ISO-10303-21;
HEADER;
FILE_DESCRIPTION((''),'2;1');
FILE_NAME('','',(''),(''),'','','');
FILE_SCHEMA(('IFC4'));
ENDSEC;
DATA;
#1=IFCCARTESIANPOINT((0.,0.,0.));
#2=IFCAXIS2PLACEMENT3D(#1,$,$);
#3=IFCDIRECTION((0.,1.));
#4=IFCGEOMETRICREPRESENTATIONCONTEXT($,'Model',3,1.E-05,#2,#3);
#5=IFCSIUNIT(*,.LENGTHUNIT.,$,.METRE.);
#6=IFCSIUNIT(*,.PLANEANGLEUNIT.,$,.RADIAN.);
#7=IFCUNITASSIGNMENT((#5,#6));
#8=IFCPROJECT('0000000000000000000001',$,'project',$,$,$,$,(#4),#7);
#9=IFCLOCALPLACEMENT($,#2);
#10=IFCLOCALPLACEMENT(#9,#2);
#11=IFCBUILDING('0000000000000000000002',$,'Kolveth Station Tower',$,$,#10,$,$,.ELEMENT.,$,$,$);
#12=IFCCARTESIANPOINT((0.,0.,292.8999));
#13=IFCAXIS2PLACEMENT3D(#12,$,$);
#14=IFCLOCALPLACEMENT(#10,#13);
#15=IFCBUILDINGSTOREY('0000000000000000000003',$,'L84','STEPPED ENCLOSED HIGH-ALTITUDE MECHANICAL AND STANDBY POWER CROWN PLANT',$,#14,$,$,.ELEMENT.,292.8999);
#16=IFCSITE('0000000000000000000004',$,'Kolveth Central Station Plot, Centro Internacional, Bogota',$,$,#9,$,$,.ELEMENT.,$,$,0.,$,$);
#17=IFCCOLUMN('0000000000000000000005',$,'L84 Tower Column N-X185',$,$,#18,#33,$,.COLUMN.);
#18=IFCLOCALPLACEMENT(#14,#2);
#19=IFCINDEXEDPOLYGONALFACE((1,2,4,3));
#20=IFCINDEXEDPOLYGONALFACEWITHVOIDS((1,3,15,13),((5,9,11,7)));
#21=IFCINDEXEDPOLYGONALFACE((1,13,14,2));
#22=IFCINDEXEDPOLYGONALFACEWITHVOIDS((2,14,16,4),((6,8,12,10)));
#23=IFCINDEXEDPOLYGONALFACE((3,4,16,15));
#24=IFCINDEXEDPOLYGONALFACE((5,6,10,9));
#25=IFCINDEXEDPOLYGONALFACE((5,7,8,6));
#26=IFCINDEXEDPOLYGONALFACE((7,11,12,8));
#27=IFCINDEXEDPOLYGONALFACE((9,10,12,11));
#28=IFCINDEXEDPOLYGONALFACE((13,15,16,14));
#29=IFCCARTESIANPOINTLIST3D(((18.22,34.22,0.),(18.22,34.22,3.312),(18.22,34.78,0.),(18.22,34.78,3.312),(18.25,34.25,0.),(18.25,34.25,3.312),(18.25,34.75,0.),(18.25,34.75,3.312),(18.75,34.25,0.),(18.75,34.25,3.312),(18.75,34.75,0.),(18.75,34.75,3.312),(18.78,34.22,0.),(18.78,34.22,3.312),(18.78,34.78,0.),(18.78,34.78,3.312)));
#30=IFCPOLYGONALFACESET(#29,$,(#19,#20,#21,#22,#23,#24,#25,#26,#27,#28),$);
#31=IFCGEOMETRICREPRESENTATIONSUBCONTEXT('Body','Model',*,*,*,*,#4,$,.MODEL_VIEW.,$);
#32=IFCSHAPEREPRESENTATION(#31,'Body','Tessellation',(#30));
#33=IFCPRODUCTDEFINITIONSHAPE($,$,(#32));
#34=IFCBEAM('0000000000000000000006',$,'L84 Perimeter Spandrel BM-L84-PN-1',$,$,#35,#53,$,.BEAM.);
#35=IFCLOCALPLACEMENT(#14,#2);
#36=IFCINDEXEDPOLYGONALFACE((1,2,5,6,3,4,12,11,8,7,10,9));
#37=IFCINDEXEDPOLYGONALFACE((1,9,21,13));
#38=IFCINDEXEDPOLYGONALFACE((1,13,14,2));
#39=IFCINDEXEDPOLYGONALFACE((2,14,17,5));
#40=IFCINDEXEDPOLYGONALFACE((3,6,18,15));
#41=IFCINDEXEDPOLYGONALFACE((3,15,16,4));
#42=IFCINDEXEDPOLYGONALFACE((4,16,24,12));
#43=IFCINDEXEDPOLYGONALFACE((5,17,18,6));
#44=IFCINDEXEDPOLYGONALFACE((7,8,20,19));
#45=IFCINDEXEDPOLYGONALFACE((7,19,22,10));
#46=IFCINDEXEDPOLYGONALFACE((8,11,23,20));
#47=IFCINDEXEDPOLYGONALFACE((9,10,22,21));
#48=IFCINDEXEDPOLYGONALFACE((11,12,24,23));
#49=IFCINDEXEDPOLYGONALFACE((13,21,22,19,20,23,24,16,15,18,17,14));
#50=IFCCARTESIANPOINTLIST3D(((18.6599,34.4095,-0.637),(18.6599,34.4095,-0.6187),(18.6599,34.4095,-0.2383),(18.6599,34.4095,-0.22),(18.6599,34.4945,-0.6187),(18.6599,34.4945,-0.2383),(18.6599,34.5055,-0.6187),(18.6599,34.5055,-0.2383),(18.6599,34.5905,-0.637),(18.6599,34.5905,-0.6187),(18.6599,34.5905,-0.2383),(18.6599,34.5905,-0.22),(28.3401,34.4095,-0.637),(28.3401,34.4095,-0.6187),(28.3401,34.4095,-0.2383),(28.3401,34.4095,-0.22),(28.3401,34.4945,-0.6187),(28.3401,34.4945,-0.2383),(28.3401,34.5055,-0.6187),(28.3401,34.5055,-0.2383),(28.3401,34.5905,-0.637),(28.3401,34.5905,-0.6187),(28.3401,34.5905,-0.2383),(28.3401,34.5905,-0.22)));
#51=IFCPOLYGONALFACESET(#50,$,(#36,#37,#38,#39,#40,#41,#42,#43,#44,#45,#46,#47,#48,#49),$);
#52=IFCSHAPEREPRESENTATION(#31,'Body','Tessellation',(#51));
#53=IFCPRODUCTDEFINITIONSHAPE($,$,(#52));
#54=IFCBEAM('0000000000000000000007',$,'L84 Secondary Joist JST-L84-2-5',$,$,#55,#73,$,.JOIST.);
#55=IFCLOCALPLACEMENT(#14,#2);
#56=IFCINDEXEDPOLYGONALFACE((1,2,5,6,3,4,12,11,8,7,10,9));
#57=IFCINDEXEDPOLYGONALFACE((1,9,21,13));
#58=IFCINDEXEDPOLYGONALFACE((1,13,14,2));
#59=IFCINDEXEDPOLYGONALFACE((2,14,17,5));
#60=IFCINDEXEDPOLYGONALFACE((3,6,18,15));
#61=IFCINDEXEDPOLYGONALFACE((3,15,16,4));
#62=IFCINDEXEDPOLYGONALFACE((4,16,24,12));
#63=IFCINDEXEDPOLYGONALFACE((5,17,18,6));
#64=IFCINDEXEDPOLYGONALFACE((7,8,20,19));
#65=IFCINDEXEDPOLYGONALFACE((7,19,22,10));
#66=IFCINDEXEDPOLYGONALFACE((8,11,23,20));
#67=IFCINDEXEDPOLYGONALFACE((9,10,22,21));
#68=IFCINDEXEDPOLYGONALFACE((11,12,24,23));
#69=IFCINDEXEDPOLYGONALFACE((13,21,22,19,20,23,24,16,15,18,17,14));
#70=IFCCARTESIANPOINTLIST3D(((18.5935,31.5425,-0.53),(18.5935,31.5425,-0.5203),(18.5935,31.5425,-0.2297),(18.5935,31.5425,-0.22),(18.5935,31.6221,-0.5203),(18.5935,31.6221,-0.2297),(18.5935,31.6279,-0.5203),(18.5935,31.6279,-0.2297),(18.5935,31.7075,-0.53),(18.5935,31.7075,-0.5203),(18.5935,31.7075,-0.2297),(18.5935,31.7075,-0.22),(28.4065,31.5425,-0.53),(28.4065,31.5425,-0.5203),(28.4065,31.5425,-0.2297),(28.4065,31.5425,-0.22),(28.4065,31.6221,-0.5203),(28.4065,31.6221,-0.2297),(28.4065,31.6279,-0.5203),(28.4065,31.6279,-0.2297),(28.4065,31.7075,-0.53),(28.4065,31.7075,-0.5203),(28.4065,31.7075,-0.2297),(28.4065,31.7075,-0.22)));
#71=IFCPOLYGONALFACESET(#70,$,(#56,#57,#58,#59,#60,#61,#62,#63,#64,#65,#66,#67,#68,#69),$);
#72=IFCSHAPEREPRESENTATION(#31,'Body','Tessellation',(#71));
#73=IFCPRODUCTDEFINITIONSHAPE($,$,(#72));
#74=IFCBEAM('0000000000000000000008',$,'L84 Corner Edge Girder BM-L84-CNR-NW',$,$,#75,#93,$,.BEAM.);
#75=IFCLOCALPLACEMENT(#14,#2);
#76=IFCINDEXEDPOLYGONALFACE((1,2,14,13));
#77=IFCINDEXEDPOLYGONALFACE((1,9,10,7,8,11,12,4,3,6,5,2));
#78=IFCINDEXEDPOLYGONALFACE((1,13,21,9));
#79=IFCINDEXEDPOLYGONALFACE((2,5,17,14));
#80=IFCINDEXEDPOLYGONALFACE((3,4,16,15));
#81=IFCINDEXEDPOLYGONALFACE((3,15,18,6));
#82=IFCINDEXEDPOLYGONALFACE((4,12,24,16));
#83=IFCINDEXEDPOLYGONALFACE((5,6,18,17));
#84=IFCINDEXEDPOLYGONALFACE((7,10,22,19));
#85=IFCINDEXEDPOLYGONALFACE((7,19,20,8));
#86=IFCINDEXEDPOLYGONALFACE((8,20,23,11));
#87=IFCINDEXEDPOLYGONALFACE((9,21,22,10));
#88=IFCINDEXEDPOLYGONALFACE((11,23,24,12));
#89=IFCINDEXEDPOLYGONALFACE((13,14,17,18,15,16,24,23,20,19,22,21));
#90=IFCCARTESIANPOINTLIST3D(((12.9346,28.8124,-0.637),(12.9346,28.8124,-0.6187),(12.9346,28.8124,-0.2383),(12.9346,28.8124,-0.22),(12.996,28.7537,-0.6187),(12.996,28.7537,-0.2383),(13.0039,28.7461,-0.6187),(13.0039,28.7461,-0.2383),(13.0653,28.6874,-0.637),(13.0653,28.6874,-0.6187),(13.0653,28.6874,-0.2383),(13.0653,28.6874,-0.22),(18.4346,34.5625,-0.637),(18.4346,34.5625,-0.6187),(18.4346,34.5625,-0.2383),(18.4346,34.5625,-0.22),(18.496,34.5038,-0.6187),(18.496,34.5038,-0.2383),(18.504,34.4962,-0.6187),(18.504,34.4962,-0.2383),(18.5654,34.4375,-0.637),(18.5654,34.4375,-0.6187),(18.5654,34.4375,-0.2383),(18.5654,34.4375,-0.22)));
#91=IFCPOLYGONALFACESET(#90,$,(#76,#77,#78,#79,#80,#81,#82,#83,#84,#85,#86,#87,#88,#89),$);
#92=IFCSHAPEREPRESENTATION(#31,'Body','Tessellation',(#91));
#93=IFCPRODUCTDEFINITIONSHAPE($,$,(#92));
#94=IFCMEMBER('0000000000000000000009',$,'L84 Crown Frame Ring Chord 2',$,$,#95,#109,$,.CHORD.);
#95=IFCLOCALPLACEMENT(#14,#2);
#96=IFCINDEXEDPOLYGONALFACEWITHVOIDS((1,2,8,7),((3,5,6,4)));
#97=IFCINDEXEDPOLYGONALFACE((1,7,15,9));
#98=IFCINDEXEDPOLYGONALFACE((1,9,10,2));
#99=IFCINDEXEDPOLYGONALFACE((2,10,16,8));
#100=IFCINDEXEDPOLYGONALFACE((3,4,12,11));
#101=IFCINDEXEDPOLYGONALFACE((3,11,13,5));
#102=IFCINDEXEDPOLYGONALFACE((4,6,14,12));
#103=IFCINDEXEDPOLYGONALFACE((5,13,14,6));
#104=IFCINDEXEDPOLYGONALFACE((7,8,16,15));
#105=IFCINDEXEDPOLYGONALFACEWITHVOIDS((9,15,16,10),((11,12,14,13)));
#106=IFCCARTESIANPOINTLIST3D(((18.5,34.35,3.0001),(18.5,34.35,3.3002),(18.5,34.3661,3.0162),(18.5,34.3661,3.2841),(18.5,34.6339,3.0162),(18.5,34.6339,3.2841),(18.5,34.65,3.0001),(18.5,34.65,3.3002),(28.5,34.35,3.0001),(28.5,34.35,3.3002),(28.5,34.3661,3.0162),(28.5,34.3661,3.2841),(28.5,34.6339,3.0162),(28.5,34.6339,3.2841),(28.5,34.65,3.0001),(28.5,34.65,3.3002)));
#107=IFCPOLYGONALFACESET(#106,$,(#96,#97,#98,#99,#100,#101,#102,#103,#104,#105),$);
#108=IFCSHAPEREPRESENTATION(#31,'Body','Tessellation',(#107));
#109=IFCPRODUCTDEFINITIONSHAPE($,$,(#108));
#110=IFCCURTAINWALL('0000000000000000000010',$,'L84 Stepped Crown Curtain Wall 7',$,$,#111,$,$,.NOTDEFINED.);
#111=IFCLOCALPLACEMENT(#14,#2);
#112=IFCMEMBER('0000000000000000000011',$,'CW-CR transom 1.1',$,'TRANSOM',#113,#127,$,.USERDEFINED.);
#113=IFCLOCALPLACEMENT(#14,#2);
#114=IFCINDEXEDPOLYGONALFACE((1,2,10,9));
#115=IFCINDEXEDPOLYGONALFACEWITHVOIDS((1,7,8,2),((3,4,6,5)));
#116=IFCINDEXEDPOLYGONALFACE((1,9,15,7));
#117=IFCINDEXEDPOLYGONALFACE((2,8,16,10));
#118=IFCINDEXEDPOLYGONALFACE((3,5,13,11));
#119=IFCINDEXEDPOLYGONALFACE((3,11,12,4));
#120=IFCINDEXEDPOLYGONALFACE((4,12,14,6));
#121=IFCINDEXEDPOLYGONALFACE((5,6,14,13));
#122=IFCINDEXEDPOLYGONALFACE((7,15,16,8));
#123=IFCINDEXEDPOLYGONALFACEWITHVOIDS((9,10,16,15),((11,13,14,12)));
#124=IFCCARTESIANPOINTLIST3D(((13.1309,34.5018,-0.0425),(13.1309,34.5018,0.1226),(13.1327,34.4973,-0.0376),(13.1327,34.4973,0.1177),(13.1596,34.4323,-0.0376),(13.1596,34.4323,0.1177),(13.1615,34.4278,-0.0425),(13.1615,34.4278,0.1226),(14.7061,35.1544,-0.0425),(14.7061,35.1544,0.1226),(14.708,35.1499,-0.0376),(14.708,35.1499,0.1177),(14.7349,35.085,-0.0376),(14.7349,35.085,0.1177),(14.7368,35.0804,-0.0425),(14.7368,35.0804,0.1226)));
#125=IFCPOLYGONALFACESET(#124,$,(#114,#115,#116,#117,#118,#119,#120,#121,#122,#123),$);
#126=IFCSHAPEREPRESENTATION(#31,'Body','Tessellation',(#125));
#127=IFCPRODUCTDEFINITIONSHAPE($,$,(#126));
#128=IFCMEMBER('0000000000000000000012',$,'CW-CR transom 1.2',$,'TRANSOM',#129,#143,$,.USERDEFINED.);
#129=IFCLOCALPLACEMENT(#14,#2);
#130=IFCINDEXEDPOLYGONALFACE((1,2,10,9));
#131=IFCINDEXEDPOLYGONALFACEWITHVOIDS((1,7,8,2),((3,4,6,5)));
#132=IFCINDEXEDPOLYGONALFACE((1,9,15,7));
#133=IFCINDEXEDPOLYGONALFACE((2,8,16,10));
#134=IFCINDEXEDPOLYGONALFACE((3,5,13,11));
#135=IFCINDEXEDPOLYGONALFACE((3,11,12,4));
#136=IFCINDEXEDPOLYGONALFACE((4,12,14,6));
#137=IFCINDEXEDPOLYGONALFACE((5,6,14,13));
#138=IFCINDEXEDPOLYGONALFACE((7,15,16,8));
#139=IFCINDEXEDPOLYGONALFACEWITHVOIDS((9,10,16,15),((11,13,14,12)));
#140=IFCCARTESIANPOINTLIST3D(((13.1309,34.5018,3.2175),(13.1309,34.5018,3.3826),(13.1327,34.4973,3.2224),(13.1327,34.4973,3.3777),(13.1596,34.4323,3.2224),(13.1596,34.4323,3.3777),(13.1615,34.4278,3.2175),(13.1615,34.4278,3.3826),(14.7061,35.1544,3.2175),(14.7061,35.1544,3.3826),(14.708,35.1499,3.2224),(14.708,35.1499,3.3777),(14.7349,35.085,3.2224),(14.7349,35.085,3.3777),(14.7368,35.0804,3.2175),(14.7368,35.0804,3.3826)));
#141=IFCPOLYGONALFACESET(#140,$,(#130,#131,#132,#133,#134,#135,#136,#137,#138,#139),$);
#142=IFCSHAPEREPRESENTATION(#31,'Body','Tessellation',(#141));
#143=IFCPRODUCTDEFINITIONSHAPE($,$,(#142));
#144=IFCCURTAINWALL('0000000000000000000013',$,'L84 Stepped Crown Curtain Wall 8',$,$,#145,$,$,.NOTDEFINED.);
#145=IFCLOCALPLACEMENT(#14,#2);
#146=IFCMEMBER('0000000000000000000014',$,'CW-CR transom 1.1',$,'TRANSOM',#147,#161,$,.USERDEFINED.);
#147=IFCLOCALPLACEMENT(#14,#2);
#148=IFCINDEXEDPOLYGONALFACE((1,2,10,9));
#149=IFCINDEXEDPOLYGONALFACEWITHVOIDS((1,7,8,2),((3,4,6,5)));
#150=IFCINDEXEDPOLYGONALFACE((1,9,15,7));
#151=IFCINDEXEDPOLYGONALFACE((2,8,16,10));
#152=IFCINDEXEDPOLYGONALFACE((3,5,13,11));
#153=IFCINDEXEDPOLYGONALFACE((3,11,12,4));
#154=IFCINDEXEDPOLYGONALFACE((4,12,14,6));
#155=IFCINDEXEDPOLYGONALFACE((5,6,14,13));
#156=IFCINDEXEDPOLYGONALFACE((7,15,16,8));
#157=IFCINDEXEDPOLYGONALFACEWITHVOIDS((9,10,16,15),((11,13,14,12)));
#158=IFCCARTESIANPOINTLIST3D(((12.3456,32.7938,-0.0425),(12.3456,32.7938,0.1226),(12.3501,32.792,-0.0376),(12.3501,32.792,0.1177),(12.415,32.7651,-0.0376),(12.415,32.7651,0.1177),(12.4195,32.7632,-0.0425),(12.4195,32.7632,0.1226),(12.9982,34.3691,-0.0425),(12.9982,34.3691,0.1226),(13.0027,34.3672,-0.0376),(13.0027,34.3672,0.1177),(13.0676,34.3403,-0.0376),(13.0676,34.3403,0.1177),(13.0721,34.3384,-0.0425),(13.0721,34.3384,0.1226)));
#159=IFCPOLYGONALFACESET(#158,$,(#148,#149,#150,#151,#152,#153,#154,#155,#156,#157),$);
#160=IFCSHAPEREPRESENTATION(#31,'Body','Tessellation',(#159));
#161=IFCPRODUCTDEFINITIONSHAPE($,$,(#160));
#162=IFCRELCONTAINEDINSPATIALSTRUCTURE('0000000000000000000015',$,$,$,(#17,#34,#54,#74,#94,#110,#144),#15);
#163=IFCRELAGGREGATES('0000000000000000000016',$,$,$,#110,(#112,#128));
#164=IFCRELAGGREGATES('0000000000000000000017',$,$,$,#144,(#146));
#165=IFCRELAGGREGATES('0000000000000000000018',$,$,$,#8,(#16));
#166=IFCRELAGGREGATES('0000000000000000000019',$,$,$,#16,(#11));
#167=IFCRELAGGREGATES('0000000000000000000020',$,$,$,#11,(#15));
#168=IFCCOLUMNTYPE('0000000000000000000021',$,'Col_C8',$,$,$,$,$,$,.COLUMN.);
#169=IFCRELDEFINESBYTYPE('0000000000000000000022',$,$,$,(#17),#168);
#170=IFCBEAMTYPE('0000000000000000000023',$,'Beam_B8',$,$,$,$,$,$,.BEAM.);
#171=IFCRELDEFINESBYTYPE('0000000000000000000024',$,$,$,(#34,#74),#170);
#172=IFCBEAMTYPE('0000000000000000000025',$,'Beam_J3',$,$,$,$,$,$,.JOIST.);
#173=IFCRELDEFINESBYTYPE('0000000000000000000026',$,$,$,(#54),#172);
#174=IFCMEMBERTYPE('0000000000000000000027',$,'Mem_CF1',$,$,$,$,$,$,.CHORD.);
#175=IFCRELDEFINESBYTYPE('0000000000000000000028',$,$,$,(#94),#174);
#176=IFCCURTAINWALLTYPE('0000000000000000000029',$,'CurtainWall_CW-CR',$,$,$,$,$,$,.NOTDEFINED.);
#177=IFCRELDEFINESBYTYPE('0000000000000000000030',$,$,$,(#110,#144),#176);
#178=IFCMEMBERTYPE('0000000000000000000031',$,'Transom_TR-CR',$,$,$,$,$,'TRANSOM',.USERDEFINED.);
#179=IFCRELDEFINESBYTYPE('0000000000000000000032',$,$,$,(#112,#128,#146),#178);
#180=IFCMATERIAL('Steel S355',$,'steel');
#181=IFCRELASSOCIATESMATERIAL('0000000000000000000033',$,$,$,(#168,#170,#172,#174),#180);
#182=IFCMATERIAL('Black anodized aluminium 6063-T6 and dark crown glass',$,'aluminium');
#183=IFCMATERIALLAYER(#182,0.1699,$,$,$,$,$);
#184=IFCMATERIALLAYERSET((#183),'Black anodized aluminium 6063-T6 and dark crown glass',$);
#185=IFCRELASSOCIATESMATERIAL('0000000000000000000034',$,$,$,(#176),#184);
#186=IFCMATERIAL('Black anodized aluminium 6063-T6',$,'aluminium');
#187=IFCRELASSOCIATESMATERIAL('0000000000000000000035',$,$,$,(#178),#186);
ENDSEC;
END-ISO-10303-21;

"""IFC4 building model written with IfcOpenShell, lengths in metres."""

from ifc_helpers import new_model, si_unit, direction, frame, origin, origin_2d, place, context, subcontext, project, spatial, hollow_rectangle, i_section, extrude, source, transform, mapped, material, layer, layer_set, material_profile, profile_set, type_object, element, aggregate, save


model = new_model("IFC4")

# Units and contexts
model_context = context("Model", 3, precision=1e-05, world=origin(), true_north=direction((0.0, 1.0)))
body_context = subcontext(model_context, "Body", "Model", "MODEL_VIEW")
ifc_project = project(units=[si_unit("LENGTHUNIT", "METRE"), si_unit("PLANEANGLEUNIT", "RADIAN")], contexts=[model_context])

# Site, building, storey
site_placement = place(None, origin())
site = spatial("IfcSite", under=ifc_project, at=site_placement, Name="Kolveth Central Station Plot, Centro Internacional, Bogota", CompositionType="ELEMENT", RefElevation=0.0)
building_placement = place(site_placement, origin())
building = spatial("IfcBuilding", under=site, at=building_placement, Name="Kolveth Station Tower", CompositionType="ELEMENT")
storey_placement = place(building_placement, frame((0.0, 0.0, 292.8999)))
storey = spatial("IfcBuildingStorey", under=building, at=storey_placement, Name="L84", Description="STEPPED ENCLOSED HIGH-ALTITUDE MECHANICAL AND STANDBY POWER CROWN PLANT", CompositionType="ELEMENT", Elevation=292.8999)

# Column
ifc_material_1 = material(Name="Steel S355", Category="steel")
ifc_material_profile_1 = material_profile(ifc_material_1, hollow_rectangle(XDim=0.5601, YDim=0.5601, WallThickness=0.03, at=origin_2d()), Name="BOX560x560x30")
ifc_profile_set_1 = profile_set([ifc_material_profile_1], Name="Steel S355")
column_type = type_object("IfcColumnType", Name="Col_C8", PredefinedType="COLUMN", material=ifc_profile_set_1)
shared_shape_1 = source(origin(), body_context, "Body", "SweptSolid", [
    extrude(hollow_rectangle(XDim=0.5601, YDim=0.5601, WallThickness=0.03, at=origin_2d()), origin(), (0.0, 0.0, 1.0), 3.312),
])
column_placement = place(storey_placement, frame((18.5, 34.5, 0.0), z_axis=(0.0, 0.0, 1.0), x_axis=(1.0, 0.0, 0.0)))
element("IfcColumn", 1, at=column_placement, inside=storey, type_object=column_type, Name="L84 Tower Column N-X185", PredefinedType="COLUMN", context=body_context, shape_type="MappedRepresentation", body=[
    mapped(shared_shape_1, transform((0.0, 0.0, 0.0), x_axis=(1.0, 0.0, 0.0), y_axis=(0.0, 1.0, 0.0), z_axis=(0.0, 0.0, 1.0), scale=1.0)),
])

# Beams
ifc_material_profile_2 = material_profile(ifc_material_1, i_section(OverallWidth=0.1809, OverallDepth=0.417, WebThickness=0.011, FlangeThickness=0.0183, at=origin_2d()), Name="W410x85")
ifc_profile_set_2 = profile_set([ifc_material_profile_2], Name="Steel S355")
beam_type_1 = type_object("IfcBeamType", Name="Beam_B8", PredefinedType="BEAM", material=ifc_profile_set_2)
shared_shape_2 = source(origin(), body_context, "Body", "SweptSolid", [
    extrude(i_section(OverallWidth=0.1809, OverallDepth=0.417, WebThickness=0.011, FlangeThickness=0.0183, at=origin_2d()), origin(), (0.0, 0.0, 1.0), 9.6802),
])
beam_1_placement = place(storey_placement, frame((18.6599, 34.5, -0.4285), z_axis=(1.0, 0.0, 0.0), x_axis=(0.0, 1.0, 0.0)))
element("IfcBeam", 2, at=beam_1_placement, inside=storey, type_object=beam_type_1, Name="L84 Perimeter Spandrel BM-L84-PN-1", PredefinedType="BEAM", context=body_context, shape_type="MappedRepresentation", body=[
    mapped(shared_shape_2, transform((0.0, 0.0, 0.0), x_axis=(1.0, 0.0, 0.0), y_axis=(0.0, 1.0, 0.0), z_axis=(0.0, 0.0, 1.0), scale=1.0)),
])
ifc_material_profile_3 = material_profile(ifc_material_1, i_section(OverallWidth=0.165, OverallDepth=0.3101, WebThickness=0.0059, FlangeThickness=0.0098, at=origin_2d()), Name="W310x39")
ifc_profile_set_3 = profile_set([ifc_material_profile_3], Name="Steel S355")
beam_type_2 = type_object("IfcBeamType", Name="Beam_J3", PredefinedType="JOIST", material=ifc_profile_set_3)
shared_shape_3 = source(origin(), body_context, "Body", "SweptSolid", [
    extrude(i_section(OverallWidth=0.165, OverallDepth=0.3101, WebThickness=0.0059, FlangeThickness=0.0098, at=origin_2d()), origin(), (0.0, 0.0, 1.0), 9.813),
])
beam_2_placement = place(storey_placement, frame((18.5935, 31.625, -0.375), z_axis=(1.0, 0.0, 0.0), x_axis=(0.0, 1.0, 0.0)))
element("IfcBeam", 3, at=beam_2_placement, inside=storey, type_object=beam_type_2, Name="L84 Secondary Joist JST-L84-2-5", PredefinedType="JOIST", context=body_context, shape_type="MappedRepresentation", body=[
    mapped(shared_shape_3, transform((0.0, 0.0, 0.0), x_axis=(1.0, 0.0, 0.0), y_axis=(0.0, 1.0, 0.0), z_axis=(0.0, 0.0, 1.0), scale=1.0)),
])
shared_shape_4 = source(origin(), body_context, "Body", "SweptSolid", [
    extrude(i_section(OverallWidth=0.1809, OverallDepth=0.417, WebThickness=0.011, FlangeThickness=0.0183, at=origin_2d()), origin(), (0.0, 0.0, 1.0), 7.957),
])
beam_3_placement = place(storey_placement, frame((18.5, 34.5, -0.4285), z_axis=(-0.691223, -0.722642, 0.0), x_axis=(0.722642, -0.691223, 0.0)))
element("IfcBeam", 4, at=beam_3_placement, inside=storey, type_object=beam_type_1, Name="L84 Corner Edge Girder BM-L84-CNR-NW", PredefinedType="BEAM", context=body_context, shape_type="MappedRepresentation", body=[
    mapped(shared_shape_4, transform((0.0, 0.0, 0.0), x_axis=(1.0, 0.0, 0.0), y_axis=(0.0, 1.0, 0.0), z_axis=(0.0, 0.0, 1.0), scale=1.0)),
])

# Member
ifc_material_profile_4 = material_profile(ifc_material_1, hollow_rectangle(XDim=0.3, YDim=0.3, WallThickness=0.0161, at=origin_2d()), Name="CROWN-HSS300x300x16")
ifc_profile_set_4 = profile_set([ifc_material_profile_4], Name="Steel S355")
member_type_1 = type_object("IfcMemberType", Name="Mem_CF1", PredefinedType="CHORD", material=ifc_profile_set_4)
shared_shape_5 = source(origin(), body_context, "Body", "SweptSolid", [
    extrude(hollow_rectangle(XDim=0.3, YDim=0.3, WallThickness=0.0161, at=origin_2d()), origin(), (0.0, 0.0, 1.0), 10.0),
])
member_1_placement = place(storey_placement, frame((18.5, 34.5, 3.1501), z_axis=(1.0, 0.0, 0.0), x_axis=(0.0, 1.0, 0.0)))
element("IfcMember", 5, at=member_1_placement, inside=storey, type_object=member_type_1, Name="L84 Crown Frame Ring Chord 2", PredefinedType="CHORD", context=body_context, shape_type="MappedRepresentation", body=[
    mapped(shared_shape_5, transform((0.0, 0.0, 0.0), x_axis=(1.0, 0.0, 0.0), y_axis=(0.0, 1.0, 0.0), z_axis=(0.0, 0.0, 1.0), scale=1.0)),
])

# Curtain walls, members
ifc_material_2 = material(Name="Black anodized aluminium 6063-T6 and dark crown glass", Category="aluminium")
ifc_layer_1 = layer(ifc_material_2, 0.1699)
ifc_layer_set_1 = layer_set([ifc_layer_1], Name="Black anodized aluminium 6063-T6 and dark crown glass")
curtain_wall_type = type_object("IfcCurtainWallType", Name="CurtainWall_CW-CR", PredefinedType="NOTDEFINED", material=ifc_layer_set_1)
curtain_wall_1_placement = place(storey_placement, origin())
curtain_wall_1 = element("IfcCurtainWall", 6, at=curtain_wall_1_placement, inside=storey, type_object=curtain_wall_type, Name="L84 Stepped Crown Curtain Wall 7", PredefinedType="NOTDEFINED")
ifc_material_3 = material(Name="Black anodized aluminium 6063-T6", Category="aluminium")
ifc_material_profile_5 = material_profile(ifc_material_3, hollow_rectangle(XDim=0.0801, YDim=0.165, WallThickness=0.0049, at=origin_2d()), Name="ALU-80x165x5")
ifc_profile_set_5 = profile_set([ifc_material_profile_5], Name="Black anodized aluminium 6063-T6")
member_type_2 = type_object("IfcMemberType", Name="Transom_TR-CR", ElementType="TRANSOM", PredefinedType="USERDEFINED", material=ifc_profile_set_5)
shared_shape_6 = source(origin(), body_context, "Body", "SweptSolid", [
    extrude(hollow_rectangle(XDim=0.0801, YDim=0.165, WallThickness=0.0049, at=origin_2d()), origin(), (0.0, 0.0, 1.0), 1.7051),
])
member_2_placement = place(storey_placement, frame((14.7214, 35.1174, 0.04), z_axis=(-0.923855, -0.382744, 0.0), x_axis=(0.382744, -0.923855, 0.0)))
member_2 = element("IfcMember", 7, at=member_2_placement, type_object=member_type_2, Name="CW-CR transom 1.1", ObjectType="TRANSOM", PredefinedType="USERDEFINED", context=body_context, shape_type="MappedRepresentation", body=[
    mapped(shared_shape_6, transform((0.0, 0.0, 0.0), x_axis=(1.0, 0.0, 0.0), y_axis=(0.0, 1.0, 0.0), z_axis=(0.0, 0.0, 1.0), scale=1.0)),
])
member_3_placement = place(storey_placement, frame((14.7214, 35.1174, 3.3), z_axis=(-0.923855, -0.382744, 0.0), x_axis=(0.382744, -0.923855, 0.0)))
member_3 = element("IfcMember", 8, at=member_3_placement, type_object=member_type_2, Name="CW-CR transom 1.2", ObjectType="TRANSOM", PredefinedType="USERDEFINED", context=body_context, shape_type="MappedRepresentation", body=[
    mapped(shared_shape_6, transform((0.0, 0.0, 0.0), x_axis=(1.0, 0.0, 0.0), y_axis=(0.0, 1.0, 0.0), z_axis=(0.0, 0.0, 1.0), scale=1.0)),
])
curtain_wall_2_placement = place(storey_placement, origin())
curtain_wall_2 = element("IfcCurtainWall", 9, at=curtain_wall_2_placement, inside=storey, type_object=curtain_wall_type, Name="L84 Stepped Crown Curtain Wall 8", PredefinedType="NOTDEFINED")
member_4_placement = place(storey_placement, frame((13.0352, 34.3538, 0.04), z_axis=(-0.382744, -0.923855, 0.0), x_axis=(0.923855, -0.382744, 0.0)))
member_4 = element("IfcMember", 10, at=member_4_placement, type_object=member_type_2, Name="CW-CR transom 1.1", ObjectType="TRANSOM", PredefinedType="USERDEFINED", context=body_context, shape_type="MappedRepresentation", body=[
    mapped(shared_shape_6, transform((0.0, 0.0, 0.0), x_axis=(1.0, 0.0, 0.0), y_axis=(0.0, 1.0, 0.0), z_axis=(0.0, 0.0, 1.0), scale=1.0)),
])

aggregate(curtain_wall_1, [member_2, member_3])
aggregate(curtain_wall_2, [member_4])

save(model, "model.ifc")
